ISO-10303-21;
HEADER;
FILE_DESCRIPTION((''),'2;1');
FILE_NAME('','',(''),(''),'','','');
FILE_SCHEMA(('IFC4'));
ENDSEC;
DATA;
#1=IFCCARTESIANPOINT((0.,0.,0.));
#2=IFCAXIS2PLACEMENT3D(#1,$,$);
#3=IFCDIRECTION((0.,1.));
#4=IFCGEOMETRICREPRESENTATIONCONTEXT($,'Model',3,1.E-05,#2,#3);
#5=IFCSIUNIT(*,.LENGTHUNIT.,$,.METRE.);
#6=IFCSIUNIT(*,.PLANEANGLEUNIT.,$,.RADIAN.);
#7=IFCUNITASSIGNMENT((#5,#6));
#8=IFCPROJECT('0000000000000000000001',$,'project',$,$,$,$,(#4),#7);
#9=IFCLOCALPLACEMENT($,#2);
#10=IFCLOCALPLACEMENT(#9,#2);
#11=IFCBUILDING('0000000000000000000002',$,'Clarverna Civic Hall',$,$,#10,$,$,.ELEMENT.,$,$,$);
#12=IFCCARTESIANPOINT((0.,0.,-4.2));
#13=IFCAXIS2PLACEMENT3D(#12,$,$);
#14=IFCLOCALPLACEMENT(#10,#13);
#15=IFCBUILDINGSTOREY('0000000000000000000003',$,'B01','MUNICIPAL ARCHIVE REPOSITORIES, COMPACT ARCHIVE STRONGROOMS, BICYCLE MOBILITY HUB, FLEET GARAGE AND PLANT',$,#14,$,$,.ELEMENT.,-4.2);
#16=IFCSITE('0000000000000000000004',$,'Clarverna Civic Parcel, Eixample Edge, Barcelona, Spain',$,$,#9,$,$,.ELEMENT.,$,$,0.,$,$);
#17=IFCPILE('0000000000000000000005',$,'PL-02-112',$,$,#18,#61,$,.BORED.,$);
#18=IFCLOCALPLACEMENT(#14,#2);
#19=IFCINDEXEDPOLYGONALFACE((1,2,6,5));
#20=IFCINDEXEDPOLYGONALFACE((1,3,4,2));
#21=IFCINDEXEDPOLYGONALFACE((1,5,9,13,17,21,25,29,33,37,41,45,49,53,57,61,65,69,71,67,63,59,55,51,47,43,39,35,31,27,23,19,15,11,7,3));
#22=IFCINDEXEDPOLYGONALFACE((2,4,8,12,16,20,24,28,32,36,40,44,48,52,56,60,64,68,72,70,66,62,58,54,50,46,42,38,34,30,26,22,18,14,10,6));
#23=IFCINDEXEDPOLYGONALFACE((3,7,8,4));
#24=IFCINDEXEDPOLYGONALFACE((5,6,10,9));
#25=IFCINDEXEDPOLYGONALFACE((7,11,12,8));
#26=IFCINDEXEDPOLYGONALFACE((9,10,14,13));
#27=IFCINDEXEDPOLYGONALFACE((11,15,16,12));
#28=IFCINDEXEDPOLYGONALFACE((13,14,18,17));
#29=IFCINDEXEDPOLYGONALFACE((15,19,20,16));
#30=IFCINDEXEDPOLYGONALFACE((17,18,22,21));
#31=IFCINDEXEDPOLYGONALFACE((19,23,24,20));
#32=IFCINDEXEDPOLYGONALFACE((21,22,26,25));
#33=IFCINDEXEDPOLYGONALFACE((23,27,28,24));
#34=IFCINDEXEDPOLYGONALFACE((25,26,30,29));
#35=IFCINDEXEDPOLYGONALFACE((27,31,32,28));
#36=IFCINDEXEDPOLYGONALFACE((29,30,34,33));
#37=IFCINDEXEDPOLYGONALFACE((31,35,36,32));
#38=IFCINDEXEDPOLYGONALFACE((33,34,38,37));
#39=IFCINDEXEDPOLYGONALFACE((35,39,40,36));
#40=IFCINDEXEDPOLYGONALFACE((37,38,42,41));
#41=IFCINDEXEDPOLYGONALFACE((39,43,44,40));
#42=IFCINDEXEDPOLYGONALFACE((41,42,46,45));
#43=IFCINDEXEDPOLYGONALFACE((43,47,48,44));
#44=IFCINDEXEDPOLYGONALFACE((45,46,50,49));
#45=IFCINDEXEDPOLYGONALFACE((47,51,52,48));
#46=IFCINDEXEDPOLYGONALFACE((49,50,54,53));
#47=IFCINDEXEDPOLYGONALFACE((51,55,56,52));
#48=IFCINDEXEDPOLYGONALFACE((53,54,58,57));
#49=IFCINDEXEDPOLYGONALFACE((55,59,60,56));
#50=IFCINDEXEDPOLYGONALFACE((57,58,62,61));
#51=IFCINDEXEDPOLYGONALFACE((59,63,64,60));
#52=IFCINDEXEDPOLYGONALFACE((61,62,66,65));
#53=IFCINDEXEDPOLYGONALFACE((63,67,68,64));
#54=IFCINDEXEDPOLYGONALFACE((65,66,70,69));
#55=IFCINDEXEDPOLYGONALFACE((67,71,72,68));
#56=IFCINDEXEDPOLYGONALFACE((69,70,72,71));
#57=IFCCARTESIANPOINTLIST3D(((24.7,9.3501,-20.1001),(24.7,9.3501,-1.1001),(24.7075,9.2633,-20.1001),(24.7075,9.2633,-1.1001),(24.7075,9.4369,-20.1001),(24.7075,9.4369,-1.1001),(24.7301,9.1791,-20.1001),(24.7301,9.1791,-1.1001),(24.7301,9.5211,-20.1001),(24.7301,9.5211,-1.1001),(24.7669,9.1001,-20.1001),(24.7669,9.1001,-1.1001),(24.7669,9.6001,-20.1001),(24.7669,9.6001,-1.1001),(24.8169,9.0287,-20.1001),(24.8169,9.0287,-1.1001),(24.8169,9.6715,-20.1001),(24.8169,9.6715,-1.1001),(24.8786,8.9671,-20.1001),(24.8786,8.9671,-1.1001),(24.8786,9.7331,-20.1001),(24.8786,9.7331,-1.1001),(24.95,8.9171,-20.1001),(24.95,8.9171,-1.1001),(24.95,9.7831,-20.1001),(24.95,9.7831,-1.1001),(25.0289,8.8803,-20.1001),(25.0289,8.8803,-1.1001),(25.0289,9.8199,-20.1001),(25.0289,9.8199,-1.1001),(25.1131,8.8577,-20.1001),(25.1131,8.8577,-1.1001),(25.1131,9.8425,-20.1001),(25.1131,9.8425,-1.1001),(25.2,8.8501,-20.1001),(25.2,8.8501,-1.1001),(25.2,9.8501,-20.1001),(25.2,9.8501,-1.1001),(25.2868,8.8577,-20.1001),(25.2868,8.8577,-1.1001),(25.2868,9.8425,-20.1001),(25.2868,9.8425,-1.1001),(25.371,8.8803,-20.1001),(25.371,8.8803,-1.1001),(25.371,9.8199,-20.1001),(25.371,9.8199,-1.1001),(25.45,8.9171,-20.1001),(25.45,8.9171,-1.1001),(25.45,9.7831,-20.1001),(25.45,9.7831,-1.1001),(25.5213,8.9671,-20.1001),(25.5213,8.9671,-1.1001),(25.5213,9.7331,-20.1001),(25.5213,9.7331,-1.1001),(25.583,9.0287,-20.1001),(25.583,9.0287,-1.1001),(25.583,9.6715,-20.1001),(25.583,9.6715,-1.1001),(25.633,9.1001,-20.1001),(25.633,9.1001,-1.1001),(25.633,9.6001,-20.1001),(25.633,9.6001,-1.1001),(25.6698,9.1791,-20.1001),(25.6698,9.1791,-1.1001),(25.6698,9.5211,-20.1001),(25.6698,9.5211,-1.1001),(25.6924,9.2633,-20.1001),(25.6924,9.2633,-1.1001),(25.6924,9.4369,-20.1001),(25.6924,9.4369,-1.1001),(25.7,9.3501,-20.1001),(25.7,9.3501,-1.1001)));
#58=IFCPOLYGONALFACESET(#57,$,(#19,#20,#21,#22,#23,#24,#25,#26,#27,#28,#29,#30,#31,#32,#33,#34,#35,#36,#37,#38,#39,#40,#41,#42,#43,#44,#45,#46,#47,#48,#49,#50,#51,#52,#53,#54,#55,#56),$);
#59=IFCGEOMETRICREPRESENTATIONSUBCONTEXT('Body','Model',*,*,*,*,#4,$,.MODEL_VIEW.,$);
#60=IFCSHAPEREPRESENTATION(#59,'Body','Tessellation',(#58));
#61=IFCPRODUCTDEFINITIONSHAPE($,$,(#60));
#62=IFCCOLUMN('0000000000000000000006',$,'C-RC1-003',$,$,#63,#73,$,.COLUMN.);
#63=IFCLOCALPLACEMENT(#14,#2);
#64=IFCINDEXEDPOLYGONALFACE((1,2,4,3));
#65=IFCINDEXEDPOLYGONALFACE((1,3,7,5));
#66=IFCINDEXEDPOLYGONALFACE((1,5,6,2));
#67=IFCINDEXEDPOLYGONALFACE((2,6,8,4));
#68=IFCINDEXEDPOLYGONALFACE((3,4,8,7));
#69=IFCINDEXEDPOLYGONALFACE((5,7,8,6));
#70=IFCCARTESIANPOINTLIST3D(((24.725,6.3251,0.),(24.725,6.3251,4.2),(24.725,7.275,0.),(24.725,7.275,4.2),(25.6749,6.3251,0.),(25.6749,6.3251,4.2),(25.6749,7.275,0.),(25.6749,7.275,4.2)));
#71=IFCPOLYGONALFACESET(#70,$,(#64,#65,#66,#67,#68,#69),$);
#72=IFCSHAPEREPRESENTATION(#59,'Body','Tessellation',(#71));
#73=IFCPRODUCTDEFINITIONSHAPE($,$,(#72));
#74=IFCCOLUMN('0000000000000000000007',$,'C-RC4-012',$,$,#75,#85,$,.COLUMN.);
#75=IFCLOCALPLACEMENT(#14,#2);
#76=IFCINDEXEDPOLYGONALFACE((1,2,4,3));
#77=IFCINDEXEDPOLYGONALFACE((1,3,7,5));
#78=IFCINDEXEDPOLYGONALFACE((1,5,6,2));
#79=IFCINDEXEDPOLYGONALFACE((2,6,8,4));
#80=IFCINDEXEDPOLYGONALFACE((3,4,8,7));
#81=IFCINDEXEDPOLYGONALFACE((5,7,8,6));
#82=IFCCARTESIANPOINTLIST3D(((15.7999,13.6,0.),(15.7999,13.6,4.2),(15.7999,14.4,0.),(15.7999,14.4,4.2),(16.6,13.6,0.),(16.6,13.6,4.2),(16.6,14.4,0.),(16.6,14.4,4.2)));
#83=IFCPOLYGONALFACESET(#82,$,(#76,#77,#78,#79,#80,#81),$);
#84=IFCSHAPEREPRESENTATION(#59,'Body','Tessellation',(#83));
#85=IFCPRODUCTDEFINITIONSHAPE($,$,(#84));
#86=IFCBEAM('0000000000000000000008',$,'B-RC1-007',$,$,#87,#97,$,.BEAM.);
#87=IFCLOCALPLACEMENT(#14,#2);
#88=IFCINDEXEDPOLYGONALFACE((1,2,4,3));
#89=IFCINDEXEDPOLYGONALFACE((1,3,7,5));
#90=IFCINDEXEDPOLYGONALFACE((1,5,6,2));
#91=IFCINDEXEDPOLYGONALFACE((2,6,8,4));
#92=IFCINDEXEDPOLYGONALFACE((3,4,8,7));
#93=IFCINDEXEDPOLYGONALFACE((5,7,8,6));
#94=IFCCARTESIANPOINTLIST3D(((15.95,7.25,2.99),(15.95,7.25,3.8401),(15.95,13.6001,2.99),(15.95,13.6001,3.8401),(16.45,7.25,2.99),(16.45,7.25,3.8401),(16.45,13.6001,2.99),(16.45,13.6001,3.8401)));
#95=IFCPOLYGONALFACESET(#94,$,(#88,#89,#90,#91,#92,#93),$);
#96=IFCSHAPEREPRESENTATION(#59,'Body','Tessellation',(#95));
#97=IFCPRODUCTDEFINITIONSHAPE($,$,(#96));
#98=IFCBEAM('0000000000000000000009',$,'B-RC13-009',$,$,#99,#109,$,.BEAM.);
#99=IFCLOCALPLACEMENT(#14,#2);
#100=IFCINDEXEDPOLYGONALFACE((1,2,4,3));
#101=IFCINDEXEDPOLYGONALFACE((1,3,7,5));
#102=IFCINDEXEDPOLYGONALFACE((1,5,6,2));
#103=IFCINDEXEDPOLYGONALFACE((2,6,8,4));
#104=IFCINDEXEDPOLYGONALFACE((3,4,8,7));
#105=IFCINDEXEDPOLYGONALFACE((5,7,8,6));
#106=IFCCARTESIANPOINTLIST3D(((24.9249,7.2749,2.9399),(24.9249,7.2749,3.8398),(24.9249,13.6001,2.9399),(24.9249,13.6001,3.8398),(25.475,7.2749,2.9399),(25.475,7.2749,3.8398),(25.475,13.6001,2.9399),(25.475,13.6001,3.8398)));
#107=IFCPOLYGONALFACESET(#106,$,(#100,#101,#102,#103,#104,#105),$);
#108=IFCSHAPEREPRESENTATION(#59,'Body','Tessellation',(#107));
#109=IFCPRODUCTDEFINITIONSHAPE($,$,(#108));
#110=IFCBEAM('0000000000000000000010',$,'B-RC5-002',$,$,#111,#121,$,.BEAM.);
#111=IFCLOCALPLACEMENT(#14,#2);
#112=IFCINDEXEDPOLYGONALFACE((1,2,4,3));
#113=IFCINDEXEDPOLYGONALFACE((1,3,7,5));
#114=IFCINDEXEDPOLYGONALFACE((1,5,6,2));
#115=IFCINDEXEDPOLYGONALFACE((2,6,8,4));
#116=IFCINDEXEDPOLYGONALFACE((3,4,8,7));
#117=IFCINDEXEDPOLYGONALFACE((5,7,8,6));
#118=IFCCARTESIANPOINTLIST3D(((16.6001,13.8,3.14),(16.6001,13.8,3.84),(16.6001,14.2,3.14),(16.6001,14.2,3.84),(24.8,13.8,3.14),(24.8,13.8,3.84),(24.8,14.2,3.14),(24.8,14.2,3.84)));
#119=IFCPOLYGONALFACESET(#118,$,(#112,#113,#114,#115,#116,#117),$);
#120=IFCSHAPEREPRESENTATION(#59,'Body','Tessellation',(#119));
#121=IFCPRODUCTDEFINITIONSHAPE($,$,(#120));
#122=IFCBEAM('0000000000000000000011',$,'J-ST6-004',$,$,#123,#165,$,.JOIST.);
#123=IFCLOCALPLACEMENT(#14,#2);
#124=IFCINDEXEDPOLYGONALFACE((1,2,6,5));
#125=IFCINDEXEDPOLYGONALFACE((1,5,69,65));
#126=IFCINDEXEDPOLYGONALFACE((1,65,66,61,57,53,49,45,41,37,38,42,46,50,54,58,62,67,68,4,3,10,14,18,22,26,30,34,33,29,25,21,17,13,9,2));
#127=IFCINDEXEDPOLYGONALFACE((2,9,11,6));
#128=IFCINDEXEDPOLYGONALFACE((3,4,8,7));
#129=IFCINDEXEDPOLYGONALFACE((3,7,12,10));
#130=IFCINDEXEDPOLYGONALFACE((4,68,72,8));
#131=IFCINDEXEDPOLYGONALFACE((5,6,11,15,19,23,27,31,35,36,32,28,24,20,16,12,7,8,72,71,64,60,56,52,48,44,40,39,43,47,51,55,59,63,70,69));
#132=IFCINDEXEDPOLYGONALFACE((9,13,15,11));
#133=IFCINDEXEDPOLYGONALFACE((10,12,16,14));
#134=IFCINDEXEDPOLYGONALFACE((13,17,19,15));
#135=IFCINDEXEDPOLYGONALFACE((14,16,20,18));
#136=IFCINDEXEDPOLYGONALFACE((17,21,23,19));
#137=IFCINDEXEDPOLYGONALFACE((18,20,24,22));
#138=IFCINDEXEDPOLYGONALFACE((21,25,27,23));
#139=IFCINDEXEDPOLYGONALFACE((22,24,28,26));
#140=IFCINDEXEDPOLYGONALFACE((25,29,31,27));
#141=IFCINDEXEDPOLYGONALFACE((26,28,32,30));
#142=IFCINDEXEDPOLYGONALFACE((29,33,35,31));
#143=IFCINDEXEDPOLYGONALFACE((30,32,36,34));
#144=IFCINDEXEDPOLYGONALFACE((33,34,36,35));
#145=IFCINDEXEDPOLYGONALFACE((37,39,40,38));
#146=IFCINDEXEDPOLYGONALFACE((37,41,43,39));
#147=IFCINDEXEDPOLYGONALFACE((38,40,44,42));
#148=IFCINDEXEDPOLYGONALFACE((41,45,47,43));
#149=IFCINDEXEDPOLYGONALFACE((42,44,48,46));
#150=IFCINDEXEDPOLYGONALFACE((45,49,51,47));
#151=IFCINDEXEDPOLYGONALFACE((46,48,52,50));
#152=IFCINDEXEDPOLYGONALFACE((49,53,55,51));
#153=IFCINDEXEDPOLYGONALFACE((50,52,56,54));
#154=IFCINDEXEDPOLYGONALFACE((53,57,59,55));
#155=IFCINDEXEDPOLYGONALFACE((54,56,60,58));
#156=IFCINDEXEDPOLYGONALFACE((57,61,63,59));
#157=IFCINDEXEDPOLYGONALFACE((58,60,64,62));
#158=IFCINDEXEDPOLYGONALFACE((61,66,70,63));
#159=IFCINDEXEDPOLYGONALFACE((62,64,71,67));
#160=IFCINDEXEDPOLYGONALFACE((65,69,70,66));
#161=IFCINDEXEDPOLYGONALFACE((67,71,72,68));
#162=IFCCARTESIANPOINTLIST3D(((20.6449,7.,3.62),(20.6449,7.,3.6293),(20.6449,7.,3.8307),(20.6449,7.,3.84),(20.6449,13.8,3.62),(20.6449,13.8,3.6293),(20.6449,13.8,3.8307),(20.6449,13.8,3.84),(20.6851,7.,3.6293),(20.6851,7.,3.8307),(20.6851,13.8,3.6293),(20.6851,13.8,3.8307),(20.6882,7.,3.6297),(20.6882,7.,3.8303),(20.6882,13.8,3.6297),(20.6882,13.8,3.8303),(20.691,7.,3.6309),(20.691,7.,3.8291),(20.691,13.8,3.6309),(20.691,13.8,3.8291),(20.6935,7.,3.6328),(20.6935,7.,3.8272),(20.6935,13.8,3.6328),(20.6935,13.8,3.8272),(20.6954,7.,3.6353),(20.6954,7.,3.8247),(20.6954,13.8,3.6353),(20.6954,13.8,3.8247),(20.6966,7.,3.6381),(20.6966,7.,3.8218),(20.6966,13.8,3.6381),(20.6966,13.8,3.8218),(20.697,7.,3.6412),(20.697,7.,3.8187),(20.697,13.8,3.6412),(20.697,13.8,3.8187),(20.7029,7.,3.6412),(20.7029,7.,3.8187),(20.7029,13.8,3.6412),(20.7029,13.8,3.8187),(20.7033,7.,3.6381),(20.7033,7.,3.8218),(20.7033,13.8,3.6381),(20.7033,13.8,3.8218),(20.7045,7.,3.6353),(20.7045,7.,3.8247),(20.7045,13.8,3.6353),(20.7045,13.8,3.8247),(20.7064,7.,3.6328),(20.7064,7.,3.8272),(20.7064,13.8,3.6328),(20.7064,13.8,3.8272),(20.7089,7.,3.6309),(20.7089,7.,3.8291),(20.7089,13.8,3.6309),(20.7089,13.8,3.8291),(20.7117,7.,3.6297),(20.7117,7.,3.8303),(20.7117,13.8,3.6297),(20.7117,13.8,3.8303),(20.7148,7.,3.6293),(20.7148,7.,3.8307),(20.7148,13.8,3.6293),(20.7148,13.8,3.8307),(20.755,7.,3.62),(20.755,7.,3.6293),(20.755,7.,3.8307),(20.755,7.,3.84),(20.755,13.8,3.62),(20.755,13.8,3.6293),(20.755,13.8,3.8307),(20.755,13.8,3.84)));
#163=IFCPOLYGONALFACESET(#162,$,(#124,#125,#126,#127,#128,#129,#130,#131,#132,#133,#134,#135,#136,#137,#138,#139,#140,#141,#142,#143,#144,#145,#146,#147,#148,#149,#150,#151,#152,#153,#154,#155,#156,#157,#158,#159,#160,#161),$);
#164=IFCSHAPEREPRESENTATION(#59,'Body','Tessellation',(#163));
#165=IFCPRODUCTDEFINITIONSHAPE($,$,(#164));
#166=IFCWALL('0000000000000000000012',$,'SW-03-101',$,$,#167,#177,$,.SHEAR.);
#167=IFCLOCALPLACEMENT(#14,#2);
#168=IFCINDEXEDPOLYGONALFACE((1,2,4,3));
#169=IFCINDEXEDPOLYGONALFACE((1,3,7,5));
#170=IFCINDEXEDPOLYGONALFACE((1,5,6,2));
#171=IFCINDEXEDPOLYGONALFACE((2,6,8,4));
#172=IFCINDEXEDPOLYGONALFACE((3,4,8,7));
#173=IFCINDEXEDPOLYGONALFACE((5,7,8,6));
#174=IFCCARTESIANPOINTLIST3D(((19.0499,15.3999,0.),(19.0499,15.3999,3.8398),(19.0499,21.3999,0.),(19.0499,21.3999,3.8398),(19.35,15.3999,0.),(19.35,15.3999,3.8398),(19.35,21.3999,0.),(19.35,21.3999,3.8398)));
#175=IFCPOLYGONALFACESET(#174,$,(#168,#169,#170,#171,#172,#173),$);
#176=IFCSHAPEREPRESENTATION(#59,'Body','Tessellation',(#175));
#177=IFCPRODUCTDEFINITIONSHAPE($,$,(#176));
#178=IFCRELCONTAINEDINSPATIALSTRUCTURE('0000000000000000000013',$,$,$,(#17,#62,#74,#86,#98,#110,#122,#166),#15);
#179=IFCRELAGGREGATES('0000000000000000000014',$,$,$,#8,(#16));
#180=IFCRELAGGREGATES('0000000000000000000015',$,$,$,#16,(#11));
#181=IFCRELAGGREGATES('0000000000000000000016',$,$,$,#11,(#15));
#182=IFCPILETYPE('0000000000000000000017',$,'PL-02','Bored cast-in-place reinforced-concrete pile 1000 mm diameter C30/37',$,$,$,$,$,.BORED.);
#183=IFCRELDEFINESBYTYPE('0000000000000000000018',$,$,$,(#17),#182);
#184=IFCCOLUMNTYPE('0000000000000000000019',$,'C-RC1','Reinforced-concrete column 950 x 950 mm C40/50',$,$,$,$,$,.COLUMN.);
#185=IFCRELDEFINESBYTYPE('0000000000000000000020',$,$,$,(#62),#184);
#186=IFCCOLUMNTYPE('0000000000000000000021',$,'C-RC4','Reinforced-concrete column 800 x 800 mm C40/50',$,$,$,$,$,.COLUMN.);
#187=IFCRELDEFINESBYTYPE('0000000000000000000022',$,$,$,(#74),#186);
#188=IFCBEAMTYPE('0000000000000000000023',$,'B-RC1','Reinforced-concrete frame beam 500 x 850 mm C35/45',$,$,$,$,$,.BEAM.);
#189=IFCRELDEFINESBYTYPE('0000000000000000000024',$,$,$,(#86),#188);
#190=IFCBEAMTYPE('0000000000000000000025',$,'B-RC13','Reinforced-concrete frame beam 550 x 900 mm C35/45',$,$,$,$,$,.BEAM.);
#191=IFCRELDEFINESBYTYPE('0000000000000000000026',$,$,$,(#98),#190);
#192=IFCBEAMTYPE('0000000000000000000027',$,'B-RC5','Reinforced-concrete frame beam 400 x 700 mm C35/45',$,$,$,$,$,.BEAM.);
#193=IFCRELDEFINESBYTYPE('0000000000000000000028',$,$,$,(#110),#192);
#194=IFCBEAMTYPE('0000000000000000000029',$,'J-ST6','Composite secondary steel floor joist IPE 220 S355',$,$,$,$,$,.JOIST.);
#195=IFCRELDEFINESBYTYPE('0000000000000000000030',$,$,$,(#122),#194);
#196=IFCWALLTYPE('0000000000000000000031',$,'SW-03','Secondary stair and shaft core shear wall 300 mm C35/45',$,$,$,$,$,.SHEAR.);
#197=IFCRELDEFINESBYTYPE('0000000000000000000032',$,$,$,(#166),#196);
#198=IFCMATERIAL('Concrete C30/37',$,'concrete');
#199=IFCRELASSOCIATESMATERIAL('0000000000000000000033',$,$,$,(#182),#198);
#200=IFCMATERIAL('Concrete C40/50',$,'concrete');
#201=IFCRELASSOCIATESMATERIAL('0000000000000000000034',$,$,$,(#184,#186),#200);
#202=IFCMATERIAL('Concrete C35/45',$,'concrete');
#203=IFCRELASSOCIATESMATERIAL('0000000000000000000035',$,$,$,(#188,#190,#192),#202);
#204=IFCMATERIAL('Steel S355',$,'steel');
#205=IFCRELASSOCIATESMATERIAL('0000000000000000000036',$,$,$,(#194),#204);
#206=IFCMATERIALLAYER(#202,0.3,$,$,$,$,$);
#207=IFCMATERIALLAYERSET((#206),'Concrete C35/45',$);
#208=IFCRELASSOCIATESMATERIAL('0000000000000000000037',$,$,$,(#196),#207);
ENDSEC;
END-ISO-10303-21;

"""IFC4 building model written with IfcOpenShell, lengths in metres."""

from ifc_helpers import new_model, si_unit, direction, frame, frame_2d, origin, origin_2d, place, context, subcontext, project, spatial, rectangle, circle, i_section, extrude, material, layer, layer_set, material_profile, profile_set, type_object, element, save


model = new_model("IFC4")

# Units and contexts
model_context = context("Model", 3, precision=1e-05, world=origin(), true_north=direction((0.0, 1.0)))
body_context = subcontext(model_context, "Body", "Model", "MODEL_VIEW")
ifc_project = project(units=[si_unit("LENGTHUNIT", "METRE"), si_unit("PLANEANGLEUNIT", "RADIAN")], contexts=[model_context])

# Site, building, storey
site_placement = place(None, origin())
site = spatial("IfcSite", under=ifc_project, at=site_placement, Name="Clarverna Civic Parcel, Eixample Edge, Barcelona, Spain", CompositionType="ELEMENT", RefElevation=0.0)
building_placement = place(site_placement, origin())
building = spatial("IfcBuilding", under=site, at=building_placement, Name="Clarverna Civic Hall", CompositionType="ELEMENT")
storey_placement = place(building_placement, frame((0.0, 0.0, -4.2)))
storey = spatial("IfcBuildingStorey", under=building, at=storey_placement, Name="B01", Description="MUNICIPAL ARCHIVE REPOSITORIES, COMPACT ARCHIVE STRONGROOMS, BICYCLE MOBILITY HUB, FLEET GARAGE AND PLANT", CompositionType="ELEMENT", Elevation=-4.2)

# Shared definitions
ifc_material_1 = material(Name="Concrete C30/37", Category="concrete")

# Pile
ifc_material_profile_1 = material_profile(ifc_material_1, circle(Radius=0.5, at=origin_2d()), Name="BORED PILE D1000")
ifc_profile_set_1 = profile_set([ifc_material_profile_1], Name="Concrete C30/37")
pile_type_1 = type_object("IfcPileType", Name="PL-02", Description="Bored cast-in-place reinforced-concrete pile 1000 mm diameter C30/37", PredefinedType="BORED", material=ifc_profile_set_1)
for number, where, z_axis, x_axis, name in (
    (1, (25.2, 9.3501, -1.1001), (0.0, 0.0, -1.0), (1.0, 0.0, 0.0), "PL-02-112"),
):
    element("IfcPile", number, at=place(storey_placement, frame(where, z_axis=z_axis, x_axis=x_axis)), inside=storey, type_object=pile_type_1, Name=name, PredefinedType="BORED", context=body_context, shape_type="SweptSolid", body=[
        extrude(circle(Radius=0.5, at=origin_2d()), origin(), (0.0, 0.0, 1.0), 19.0),
    ])

# Columns
ifc_material_2 = material(Name="Concrete C40/50", Category="concrete")
ifc_material_profile_2 = material_profile(ifc_material_2, rectangle(XDim=0.95, YDim=0.95, at=origin_2d()), Name="RC 950x950")
ifc_profile_set_2 = profile_set([ifc_material_profile_2], Name="Concrete C40/50")
column_type_1 = type_object("IfcColumnType", Name="C-RC1", Description="Reinforced-concrete column 950 x 950 mm C40/50", PredefinedType="COLUMN", material=ifc_profile_set_2)
column_1_placement = place(storey_placement, frame((25.2, 6.8, 0.0), z_axis=(0.0, 0.0, 1.0), x_axis=(1.0, 0.0, 0.0)))
element("IfcColumn", 2, at=column_1_placement, inside=storey, type_object=column_type_1, Name="C-RC1-003", PredefinedType="COLUMN", context=body_context, shape_type="SweptSolid", body=[
    extrude(rectangle(XDim=0.95, YDim=0.95, at=origin_2d()), origin(), (0.0, 0.0, 1.0), 4.2),
])
ifc_material_profile_3 = material_profile(ifc_material_2, rectangle(XDim=0.8, YDim=0.8, at=origin_2d()), Name="RC 800x800")
ifc_profile_set_3 = profile_set([ifc_material_profile_3], Name="Concrete C40/50")
column_type_2 = type_object("IfcColumnType", Name="C-RC4", Description="Reinforced-concrete column 800 x 800 mm C40/50", PredefinedType="COLUMN", material=ifc_profile_set_3)
column_2_placement = place(storey_placement, frame((16.2, 14.0, 0.0), z_axis=(0.0, 0.0, 1.0), x_axis=(1.0, 0.0, 0.0)))
element("IfcColumn", 3, at=column_2_placement, inside=storey, type_object=column_type_2, Name="C-RC4-012", PredefinedType="COLUMN", context=body_context, shape_type="SweptSolid", body=[
    extrude(rectangle(XDim=0.8, YDim=0.8, at=origin_2d()), origin(), (0.0, 0.0, 1.0), 4.2),
])

# Beams
ifc_material_3 = material(Name="Concrete C35/45", Category="concrete")
ifc_material_profile_4 = material_profile(ifc_material_3, rectangle(XDim=0.5, YDim=0.8501, at=origin_2d()), Name="RC 500x850")
ifc_profile_set_4 = profile_set([ifc_material_profile_4], Name="Concrete C35/45")
beam_type_1 = type_object("IfcBeamType", Name="B-RC1", Description="Reinforced-concrete frame beam 500 x 850 mm C35/45", PredefinedType="BEAM", material=ifc_profile_set_4)
beam_1_placement = place(storey_placement, frame((16.2, 7.25, 3.415), z_axis=(0.0, 1.0, 0.0), x_axis=(-1.0, 0.0, 0.0)))
element("IfcBeam", 4, at=beam_1_placement, inside=storey, type_object=beam_type_1, Name="B-RC1-007", PredefinedType="BEAM", context=body_context, shape_type="SweptSolid", body=[
    extrude(rectangle(XDim=0.5, YDim=0.8501, at=origin_2d()), origin(), (0.0, 0.0, 1.0), 6.3501),
])
ifc_material_profile_5 = material_profile(ifc_material_3, rectangle(XDim=0.55, YDim=0.8999, at=origin_2d()), Name="RC 550x900")
ifc_profile_set_5 = profile_set([ifc_material_profile_5], Name="Concrete C35/45")
beam_type_2 = type_object("IfcBeamType", Name="B-RC13", Description="Reinforced-concrete frame beam 550 x 900 mm C35/45", PredefinedType="BEAM", material=ifc_profile_set_5)
beam_2_placement = place(storey_placement, frame((25.2, 7.2749, 3.3899), z_axis=(0.0, 1.0, 0.0), x_axis=(-1.0, 0.0, 0.0)))
element("IfcBeam", 5, at=beam_2_placement, inside=storey, type_object=beam_type_2, Name="B-RC13-009", PredefinedType="BEAM", context=body_context, shape_type="SweptSolid", body=[
    extrude(rectangle(XDim=0.55, YDim=0.8999, at=origin_2d()), origin(), (0.0, 0.0, 1.0), 6.3252),
])
ifc_material_profile_6 = material_profile(ifc_material_3, rectangle(XDim=0.3999, YDim=0.7, at=origin_2d()), Name="RC 400x700")
ifc_profile_set_6 = profile_set([ifc_material_profile_6], Name="Concrete C35/45")
beam_type_3 = type_object("IfcBeamType", Name="B-RC5", Description="Reinforced-concrete frame beam 400 x 700 mm C35/45", PredefinedType="BEAM", material=ifc_profile_set_6)
beam_3_placement = place(storey_placement, frame((16.6001, 14.0, 3.49), z_axis=(1.0, 0.0, 0.0), x_axis=(0.0, 1.0, 0.0)))
element("IfcBeam", 6, at=beam_3_placement, inside=storey, type_object=beam_type_3, Name="B-RC5-002", PredefinedType="BEAM", context=body_context, shape_type="SweptSolid", body=[
    extrude(rectangle(XDim=0.3999, YDim=0.7, at=origin_2d()), origin(), (0.0, 0.0, 1.0), 8.2),
])
ifc_material_4 = material(Name="Steel S355", Category="steel")
ifc_material_profile_7 = material_profile(ifc_material_4, i_section(OverallWidth=0.1101, OverallDepth=0.22, WebThickness=0.0059, FlangeThickness=0.0093, FilletRadius=0.012, at=origin_2d()), Name="IPE 220")
ifc_profile_set_7 = profile_set([ifc_material_profile_7], Name="Steel S355")
beam_type_4 = type_object("IfcBeamType", Name="J-ST6", Description="Composite secondary steel floor joist IPE 220 S355", PredefinedType="JOIST", material=ifc_profile_set_7)
beam_4_placement = place(storey_placement, frame((20.7, 7.0, 3.73), z_axis=(0.0, 1.0, 0.0), x_axis=(-1.0, 0.0, 0.0)))
element("IfcBeam", 7, at=beam_4_placement, inside=storey, type_object=beam_type_4, Name="J-ST6-004", PredefinedType="JOIST", context=body_context, shape_type="SweptSolid", body=[
    extrude(i_section(OverallWidth=0.1101, OverallDepth=0.22, WebThickness=0.0059, FlangeThickness=0.0093, FilletRadius=0.012, at=origin_2d()), origin(), (0.0, 0.0, 1.0), 6.8),
])

# Shared definitions
ifc_layer = layer(ifc_material_3, 0.3)
ifc_layer_set = layer_set([ifc_layer], Name="Concrete C35/45")
wall_type = type_object("IfcWallType", Name="SW-03", Description="Secondary stair and shaft core shear wall 300 mm C35/45", PredefinedType="SHEAR", material=ifc_layer_set)

# Wall
wall_1_placement = place(storey_placement, frame((19.2, 15.3999, 0.0), z_axis=(0.0, 0.0, 1.0), x_axis=(0.0, 1.0, 0.0)))
element("IfcWall", 8, at=wall_1_placement, inside=storey, type_object=wall_type, Name="SW-03-101", PredefinedType="SHEAR", context=body_context, shape_type="SweptSolid", body=[
    extrude(rectangle(XDim=6.0, YDim=0.3, at=frame_2d((3.0, 0.0))), origin(), (0.0, 0.0, 1.0), 3.8398),
])

save(model, "model.ifc")
